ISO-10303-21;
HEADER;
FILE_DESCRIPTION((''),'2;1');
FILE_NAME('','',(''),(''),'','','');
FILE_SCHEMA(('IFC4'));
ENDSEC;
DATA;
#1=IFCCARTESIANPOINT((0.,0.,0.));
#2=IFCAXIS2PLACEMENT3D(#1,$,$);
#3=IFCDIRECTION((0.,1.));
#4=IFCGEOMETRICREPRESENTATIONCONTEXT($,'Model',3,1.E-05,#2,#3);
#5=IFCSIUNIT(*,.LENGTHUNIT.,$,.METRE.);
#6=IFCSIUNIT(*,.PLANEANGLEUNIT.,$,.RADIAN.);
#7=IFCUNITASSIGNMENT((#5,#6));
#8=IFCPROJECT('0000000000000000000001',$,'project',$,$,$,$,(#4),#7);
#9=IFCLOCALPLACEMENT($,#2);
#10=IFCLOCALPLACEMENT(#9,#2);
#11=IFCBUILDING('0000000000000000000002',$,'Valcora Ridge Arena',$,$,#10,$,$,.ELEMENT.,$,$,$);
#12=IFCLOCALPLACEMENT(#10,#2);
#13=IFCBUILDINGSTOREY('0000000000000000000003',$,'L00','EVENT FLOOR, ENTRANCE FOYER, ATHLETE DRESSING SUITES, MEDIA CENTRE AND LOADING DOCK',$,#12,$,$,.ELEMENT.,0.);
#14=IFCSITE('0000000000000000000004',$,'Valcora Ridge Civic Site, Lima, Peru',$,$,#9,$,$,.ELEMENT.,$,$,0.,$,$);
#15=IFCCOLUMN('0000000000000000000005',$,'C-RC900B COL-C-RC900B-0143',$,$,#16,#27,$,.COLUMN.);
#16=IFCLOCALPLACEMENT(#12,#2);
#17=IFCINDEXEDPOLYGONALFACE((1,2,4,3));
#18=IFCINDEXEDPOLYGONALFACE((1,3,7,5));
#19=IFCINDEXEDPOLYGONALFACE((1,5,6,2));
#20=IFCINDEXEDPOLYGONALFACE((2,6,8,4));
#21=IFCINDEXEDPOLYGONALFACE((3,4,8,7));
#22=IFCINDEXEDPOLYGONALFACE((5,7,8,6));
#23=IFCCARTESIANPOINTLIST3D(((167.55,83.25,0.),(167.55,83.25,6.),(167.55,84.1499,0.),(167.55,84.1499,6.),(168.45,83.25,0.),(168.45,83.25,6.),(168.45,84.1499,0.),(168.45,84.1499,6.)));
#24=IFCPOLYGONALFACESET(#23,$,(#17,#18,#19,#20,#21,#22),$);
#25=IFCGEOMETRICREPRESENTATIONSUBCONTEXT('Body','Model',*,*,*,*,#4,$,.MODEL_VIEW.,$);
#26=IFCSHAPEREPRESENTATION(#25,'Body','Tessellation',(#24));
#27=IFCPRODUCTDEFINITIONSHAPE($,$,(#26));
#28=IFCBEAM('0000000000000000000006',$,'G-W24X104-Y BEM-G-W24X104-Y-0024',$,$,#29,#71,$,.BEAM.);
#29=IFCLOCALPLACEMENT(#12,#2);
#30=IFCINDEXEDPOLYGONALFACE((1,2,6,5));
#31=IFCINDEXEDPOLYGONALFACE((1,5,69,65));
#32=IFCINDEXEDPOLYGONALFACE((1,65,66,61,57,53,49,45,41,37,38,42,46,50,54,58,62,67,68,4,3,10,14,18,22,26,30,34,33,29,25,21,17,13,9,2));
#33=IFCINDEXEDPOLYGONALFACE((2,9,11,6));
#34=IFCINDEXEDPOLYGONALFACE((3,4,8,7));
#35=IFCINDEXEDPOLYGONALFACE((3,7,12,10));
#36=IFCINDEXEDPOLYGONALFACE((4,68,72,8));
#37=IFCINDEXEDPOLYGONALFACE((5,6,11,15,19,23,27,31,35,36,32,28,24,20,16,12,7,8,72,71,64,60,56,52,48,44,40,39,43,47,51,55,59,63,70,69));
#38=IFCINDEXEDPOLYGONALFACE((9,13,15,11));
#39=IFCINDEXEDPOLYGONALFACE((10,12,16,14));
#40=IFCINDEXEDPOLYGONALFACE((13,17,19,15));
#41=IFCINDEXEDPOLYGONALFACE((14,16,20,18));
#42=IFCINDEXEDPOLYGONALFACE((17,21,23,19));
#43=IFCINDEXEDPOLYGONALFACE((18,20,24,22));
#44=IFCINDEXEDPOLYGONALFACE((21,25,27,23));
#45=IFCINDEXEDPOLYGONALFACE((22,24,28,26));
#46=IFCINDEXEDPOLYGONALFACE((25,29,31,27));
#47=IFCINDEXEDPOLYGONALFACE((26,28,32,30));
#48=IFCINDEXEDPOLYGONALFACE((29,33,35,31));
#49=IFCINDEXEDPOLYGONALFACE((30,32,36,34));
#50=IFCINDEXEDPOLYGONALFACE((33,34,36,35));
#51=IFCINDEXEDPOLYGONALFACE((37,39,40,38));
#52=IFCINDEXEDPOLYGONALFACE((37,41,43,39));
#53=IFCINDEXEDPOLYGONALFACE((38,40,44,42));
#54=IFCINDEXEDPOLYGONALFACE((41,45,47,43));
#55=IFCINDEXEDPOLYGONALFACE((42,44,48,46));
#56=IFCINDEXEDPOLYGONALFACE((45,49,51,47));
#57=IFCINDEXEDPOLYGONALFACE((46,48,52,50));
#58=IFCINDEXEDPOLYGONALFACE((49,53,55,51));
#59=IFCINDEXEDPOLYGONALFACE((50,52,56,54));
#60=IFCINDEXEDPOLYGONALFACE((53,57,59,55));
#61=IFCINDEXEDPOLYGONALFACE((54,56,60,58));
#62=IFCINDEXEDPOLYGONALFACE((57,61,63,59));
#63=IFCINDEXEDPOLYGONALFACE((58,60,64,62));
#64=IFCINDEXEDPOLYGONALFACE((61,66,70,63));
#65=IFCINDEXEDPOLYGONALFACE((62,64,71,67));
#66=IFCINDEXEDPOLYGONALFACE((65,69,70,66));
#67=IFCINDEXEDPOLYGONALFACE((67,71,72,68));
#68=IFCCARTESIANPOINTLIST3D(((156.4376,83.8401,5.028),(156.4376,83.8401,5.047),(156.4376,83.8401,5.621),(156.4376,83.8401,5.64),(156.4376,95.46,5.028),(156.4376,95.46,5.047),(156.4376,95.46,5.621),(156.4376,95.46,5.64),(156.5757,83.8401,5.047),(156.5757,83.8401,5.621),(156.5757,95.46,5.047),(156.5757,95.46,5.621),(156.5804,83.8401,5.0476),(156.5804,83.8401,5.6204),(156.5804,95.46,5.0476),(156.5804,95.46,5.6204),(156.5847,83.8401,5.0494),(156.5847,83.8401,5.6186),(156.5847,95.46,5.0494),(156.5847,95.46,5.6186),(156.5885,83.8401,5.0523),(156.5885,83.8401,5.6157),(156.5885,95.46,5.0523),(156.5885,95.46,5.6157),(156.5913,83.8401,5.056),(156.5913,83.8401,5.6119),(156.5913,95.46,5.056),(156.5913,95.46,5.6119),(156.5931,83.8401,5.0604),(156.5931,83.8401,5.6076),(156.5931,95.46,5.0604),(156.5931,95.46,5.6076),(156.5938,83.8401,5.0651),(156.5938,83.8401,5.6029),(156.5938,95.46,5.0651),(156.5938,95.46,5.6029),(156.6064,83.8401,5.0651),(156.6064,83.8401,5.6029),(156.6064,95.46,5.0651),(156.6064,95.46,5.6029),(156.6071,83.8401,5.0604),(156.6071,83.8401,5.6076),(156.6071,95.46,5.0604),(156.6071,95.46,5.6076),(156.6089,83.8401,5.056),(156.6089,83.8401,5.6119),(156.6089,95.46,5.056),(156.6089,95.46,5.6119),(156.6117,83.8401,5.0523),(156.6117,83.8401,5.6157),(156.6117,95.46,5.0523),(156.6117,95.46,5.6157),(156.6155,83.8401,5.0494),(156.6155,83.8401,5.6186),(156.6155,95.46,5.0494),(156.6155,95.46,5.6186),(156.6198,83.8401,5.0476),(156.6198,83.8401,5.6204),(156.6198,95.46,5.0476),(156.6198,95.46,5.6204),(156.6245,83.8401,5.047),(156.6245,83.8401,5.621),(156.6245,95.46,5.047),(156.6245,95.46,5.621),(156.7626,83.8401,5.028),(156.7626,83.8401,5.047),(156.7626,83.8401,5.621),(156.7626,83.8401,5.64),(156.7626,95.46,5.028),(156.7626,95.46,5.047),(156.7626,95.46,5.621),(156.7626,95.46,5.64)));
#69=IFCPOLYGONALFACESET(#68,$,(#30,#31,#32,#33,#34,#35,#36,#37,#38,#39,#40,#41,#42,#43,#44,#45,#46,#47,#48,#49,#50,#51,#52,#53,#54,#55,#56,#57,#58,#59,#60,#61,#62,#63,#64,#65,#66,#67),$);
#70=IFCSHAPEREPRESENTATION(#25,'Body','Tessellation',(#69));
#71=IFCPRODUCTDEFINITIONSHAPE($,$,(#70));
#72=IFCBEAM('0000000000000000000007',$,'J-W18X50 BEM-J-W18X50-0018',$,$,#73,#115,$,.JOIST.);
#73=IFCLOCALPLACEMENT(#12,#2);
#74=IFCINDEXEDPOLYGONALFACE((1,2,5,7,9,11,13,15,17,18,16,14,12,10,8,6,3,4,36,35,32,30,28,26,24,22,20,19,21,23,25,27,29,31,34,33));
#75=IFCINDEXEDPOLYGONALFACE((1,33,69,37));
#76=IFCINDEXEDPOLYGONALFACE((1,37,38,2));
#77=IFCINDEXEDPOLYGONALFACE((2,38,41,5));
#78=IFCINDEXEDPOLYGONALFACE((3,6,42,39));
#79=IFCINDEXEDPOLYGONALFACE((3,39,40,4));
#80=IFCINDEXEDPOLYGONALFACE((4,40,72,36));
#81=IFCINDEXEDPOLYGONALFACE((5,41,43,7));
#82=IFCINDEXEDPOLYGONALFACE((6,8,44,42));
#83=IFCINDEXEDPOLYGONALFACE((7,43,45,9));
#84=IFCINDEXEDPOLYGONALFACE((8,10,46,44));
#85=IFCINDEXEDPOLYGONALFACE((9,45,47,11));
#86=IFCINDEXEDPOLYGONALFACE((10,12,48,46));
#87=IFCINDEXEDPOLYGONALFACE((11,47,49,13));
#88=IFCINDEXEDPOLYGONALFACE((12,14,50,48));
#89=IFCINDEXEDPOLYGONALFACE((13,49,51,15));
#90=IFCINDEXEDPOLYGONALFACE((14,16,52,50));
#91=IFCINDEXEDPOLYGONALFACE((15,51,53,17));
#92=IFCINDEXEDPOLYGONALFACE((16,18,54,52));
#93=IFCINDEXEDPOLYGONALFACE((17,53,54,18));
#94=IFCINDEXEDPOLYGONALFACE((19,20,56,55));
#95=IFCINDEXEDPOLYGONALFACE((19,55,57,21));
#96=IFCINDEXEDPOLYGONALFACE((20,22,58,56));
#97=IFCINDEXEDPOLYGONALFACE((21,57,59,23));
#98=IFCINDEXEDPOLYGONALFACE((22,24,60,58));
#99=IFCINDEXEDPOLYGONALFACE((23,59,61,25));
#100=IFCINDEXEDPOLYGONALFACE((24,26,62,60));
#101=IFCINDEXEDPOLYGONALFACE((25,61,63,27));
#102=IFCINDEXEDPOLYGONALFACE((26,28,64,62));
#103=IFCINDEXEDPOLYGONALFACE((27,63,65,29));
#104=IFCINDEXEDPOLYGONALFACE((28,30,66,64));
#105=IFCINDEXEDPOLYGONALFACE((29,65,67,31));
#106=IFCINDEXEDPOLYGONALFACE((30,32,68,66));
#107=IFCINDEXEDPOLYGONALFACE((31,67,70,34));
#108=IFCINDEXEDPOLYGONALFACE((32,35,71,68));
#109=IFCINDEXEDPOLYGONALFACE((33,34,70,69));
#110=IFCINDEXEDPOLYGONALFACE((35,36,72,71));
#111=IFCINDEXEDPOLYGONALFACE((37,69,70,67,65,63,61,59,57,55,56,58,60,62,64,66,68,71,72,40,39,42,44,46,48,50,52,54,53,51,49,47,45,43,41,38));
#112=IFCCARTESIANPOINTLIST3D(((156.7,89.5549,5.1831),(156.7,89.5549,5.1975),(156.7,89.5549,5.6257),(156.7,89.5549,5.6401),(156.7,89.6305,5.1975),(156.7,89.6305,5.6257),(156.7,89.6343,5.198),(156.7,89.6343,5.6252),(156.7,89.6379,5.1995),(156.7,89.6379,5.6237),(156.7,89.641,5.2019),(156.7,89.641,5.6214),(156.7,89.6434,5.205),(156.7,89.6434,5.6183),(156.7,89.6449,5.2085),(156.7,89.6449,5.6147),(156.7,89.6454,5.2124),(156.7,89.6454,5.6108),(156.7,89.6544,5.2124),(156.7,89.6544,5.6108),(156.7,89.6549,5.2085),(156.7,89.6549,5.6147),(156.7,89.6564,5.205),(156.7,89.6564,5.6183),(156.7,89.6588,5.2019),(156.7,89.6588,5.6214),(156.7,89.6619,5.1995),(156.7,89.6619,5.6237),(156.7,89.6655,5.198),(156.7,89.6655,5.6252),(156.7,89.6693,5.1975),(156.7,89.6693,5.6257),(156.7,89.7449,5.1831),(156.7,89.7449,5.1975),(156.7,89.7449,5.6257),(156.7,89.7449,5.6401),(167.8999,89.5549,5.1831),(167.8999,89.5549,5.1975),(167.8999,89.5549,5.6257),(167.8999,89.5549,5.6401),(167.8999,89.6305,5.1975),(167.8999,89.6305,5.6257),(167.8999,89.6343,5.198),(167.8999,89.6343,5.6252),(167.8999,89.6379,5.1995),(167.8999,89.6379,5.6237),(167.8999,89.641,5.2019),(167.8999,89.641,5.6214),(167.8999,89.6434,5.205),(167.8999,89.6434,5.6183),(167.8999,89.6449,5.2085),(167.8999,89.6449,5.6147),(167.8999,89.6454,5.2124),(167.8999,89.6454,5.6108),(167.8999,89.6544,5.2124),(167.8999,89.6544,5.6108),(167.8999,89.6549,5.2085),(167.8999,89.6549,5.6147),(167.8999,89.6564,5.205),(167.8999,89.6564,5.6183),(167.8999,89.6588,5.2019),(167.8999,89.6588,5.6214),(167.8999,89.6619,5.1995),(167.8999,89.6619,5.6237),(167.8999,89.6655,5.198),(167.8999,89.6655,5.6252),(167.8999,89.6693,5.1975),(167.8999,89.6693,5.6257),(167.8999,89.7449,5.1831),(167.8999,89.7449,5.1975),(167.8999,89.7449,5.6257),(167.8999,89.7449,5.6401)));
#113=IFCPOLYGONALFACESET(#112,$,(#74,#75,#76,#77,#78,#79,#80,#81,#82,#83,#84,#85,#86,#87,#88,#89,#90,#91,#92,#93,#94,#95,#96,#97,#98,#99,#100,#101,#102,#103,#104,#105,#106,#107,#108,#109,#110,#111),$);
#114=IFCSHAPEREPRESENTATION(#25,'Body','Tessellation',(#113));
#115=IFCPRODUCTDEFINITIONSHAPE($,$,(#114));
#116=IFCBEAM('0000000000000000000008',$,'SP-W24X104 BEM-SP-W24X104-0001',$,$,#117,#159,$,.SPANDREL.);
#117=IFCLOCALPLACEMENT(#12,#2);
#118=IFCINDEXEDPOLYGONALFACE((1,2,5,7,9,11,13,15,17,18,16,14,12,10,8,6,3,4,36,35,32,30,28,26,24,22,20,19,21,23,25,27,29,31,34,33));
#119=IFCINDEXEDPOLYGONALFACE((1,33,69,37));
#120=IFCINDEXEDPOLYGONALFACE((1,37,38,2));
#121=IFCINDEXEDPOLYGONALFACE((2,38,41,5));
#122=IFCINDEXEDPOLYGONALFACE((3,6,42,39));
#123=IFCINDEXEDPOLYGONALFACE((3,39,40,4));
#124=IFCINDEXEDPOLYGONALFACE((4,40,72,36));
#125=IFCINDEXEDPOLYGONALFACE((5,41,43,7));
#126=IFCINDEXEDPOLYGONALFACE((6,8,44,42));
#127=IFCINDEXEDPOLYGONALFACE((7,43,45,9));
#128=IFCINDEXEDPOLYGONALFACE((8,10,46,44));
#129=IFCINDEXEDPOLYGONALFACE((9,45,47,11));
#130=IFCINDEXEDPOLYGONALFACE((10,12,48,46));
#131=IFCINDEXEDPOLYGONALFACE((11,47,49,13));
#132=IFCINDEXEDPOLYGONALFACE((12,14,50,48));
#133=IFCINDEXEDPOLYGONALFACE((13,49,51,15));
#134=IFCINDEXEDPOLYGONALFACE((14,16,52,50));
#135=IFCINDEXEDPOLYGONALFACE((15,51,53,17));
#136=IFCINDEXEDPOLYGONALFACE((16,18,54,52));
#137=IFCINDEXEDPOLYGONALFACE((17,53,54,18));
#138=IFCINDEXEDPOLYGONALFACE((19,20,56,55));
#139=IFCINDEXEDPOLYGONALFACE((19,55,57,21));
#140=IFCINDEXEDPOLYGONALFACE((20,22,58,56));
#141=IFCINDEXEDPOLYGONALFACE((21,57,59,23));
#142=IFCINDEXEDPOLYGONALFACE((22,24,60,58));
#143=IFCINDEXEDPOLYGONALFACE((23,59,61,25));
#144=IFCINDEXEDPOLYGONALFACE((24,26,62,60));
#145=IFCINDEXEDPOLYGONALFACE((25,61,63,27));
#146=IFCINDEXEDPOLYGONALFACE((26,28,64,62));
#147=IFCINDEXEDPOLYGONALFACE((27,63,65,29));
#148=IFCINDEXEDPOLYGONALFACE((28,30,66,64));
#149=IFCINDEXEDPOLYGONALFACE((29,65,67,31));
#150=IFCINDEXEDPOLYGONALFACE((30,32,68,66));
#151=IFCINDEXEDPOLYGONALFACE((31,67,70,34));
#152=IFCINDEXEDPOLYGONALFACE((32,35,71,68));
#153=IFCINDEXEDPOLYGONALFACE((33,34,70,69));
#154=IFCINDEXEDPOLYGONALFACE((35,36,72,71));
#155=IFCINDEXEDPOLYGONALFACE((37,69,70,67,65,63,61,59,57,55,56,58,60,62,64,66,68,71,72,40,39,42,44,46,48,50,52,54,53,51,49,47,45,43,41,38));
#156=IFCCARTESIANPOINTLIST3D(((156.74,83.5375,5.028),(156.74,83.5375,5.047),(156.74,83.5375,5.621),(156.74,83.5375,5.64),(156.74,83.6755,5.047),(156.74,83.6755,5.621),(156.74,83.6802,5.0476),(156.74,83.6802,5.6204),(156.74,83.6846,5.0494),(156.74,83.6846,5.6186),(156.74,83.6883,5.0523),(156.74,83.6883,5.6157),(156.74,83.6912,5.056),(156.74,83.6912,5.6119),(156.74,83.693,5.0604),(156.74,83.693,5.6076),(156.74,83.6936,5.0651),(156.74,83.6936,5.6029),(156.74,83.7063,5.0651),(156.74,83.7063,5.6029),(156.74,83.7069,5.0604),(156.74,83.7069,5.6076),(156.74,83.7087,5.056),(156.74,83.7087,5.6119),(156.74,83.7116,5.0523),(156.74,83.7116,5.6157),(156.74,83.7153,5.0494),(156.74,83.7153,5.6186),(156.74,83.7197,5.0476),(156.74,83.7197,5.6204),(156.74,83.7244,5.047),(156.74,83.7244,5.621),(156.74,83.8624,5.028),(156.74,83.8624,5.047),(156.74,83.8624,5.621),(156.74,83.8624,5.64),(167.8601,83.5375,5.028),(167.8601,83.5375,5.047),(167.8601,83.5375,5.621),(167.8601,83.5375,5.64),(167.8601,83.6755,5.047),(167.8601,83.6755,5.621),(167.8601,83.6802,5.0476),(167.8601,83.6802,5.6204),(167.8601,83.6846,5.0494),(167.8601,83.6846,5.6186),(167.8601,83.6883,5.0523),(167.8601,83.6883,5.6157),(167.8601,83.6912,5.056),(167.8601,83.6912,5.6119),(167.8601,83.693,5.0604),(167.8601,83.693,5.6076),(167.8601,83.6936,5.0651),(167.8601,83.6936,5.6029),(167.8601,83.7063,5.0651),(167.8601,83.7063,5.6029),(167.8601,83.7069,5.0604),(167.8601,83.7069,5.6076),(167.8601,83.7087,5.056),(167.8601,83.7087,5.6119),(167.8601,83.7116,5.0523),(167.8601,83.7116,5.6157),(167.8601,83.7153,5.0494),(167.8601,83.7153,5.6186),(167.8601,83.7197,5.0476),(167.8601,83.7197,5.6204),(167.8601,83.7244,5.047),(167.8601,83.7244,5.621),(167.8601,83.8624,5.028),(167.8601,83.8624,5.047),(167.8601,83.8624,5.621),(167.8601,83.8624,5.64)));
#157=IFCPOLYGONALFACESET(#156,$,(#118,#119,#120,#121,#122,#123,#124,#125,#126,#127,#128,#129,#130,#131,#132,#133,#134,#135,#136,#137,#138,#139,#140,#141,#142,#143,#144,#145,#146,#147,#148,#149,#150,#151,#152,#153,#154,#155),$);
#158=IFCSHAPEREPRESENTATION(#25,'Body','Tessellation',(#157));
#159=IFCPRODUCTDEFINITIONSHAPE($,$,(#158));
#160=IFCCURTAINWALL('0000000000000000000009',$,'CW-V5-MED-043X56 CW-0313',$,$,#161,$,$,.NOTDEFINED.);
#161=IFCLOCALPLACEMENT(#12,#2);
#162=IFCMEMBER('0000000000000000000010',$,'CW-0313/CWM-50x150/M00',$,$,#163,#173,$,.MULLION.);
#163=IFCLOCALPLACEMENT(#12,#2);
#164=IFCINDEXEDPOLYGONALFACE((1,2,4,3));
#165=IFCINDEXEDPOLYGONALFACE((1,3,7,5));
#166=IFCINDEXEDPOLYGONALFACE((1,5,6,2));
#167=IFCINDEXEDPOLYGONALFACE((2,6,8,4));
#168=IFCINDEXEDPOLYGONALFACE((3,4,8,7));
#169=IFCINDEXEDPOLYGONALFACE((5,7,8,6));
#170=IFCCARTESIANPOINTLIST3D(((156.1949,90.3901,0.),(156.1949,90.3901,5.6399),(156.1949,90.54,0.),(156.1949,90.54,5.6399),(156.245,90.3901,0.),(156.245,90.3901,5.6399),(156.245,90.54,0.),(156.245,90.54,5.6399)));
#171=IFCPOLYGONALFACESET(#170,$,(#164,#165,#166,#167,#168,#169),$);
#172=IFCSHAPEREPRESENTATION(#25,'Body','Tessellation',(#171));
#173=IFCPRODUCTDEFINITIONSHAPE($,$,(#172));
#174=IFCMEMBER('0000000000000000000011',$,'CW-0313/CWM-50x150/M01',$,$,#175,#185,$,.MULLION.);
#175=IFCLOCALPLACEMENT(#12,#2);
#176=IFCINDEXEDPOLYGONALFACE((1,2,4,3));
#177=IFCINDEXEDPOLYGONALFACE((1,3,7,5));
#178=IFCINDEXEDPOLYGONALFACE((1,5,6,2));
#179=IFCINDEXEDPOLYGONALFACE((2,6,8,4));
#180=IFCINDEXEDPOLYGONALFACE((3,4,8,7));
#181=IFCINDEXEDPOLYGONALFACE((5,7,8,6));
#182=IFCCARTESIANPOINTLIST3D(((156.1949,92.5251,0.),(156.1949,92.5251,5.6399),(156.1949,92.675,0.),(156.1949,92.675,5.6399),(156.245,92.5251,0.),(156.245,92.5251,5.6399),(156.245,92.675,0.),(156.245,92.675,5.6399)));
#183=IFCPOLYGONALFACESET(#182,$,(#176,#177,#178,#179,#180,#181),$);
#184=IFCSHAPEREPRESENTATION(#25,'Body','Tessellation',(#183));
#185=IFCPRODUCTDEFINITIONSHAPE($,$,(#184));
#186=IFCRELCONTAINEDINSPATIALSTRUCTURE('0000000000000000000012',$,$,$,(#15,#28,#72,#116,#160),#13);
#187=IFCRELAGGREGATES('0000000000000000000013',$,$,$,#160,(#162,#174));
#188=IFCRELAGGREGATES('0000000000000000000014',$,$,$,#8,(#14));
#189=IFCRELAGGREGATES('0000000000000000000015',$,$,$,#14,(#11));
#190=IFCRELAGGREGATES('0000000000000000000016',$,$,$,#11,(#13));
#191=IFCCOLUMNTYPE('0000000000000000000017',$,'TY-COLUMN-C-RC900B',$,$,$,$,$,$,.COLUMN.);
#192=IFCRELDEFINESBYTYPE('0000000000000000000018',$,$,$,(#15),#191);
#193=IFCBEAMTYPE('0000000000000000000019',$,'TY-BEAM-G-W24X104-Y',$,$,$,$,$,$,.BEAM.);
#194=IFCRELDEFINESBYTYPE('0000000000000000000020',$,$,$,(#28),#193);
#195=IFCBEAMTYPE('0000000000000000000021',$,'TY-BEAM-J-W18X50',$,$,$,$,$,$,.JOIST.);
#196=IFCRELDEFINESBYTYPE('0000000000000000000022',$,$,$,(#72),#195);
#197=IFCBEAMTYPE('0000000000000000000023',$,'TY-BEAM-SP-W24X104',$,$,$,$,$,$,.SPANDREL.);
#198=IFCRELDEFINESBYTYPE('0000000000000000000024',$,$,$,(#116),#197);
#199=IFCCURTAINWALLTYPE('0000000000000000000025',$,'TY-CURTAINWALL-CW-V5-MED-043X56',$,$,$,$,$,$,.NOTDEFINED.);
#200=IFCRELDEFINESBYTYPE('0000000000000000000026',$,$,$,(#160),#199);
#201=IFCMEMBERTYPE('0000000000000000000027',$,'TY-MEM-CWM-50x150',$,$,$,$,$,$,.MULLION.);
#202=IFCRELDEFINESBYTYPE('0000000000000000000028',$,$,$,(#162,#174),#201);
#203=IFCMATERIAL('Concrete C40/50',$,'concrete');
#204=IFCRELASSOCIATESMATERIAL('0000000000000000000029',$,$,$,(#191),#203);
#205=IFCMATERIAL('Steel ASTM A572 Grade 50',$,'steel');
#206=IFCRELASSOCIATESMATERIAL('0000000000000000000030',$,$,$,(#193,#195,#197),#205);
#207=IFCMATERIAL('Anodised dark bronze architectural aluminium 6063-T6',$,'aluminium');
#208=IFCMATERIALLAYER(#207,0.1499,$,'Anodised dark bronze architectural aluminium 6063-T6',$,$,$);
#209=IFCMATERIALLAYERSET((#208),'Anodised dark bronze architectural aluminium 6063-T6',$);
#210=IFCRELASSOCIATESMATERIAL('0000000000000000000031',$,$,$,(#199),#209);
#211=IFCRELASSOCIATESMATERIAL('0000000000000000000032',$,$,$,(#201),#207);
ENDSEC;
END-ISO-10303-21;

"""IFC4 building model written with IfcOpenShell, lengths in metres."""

from ifc_helpers import new_model, si_unit, direction, frame, origin, origin_2d, place, context, subcontext, project, spatial, rectangle, i_section, extrude, material, layer, layer_set, material_profile, profile_set, type_object, element, aggregate, save


model = new_model("IFC4")

# Units and contexts
model_context = context("Model", 3, precision=1e-05, world=origin(), true_north=direction((0.0, 1.0)))
body_context = subcontext(model_context, "Body", "Model", "MODEL_VIEW")
ifc_project = project(units=[si_unit("LENGTHUNIT", "METRE"), si_unit("PLANEANGLEUNIT", "RADIAN")], contexts=[model_context])

# Site, building, storey
site_placement = place(None, origin())
site = spatial("IfcSite", under=ifc_project, at=site_placement, Name="Valcora Ridge Civic Site, Lima, Peru", CompositionType="ELEMENT", RefElevation=0.0)
building_placement = place(site_placement, origin())
building = spatial("IfcBuilding", under=site, at=building_placement, Name="Valcora Ridge Arena", CompositionType="ELEMENT")
storey_placement = place(building_placement, origin())
storey = spatial("IfcBuildingStorey", under=building, at=storey_placement, Name="L00", Description="EVENT FLOOR, ENTRANCE FOYER, ATHLETE DRESSING SUITES, MEDIA CENTRE AND LOADING DOCK", CompositionType="ELEMENT", Elevation=0.0)

# Column
ifc_material_1 = material(Name="Concrete C40/50", Category="concrete")
ifc_material_profile_1 = material_profile(ifc_material_1, rectangle(XDim=0.8999, YDim=0.8999, at=origin_2d()), Name="RC 900x900")
ifc_profile_set_1 = profile_set([ifc_material_profile_1], Name="Concrete C40/50")
column_type = type_object("IfcColumnType", Name="TY-COLUMN-C-RC900B", PredefinedType="COLUMN", material=ifc_profile_set_1)
column_placement = place(storey_placement, frame((168.0, 83.7, 0.0), z_axis=(0.0, 0.0, 1.0), x_axis=(1.0, 0.0, 0.0)))
element("IfcColumn", 1, at=column_placement, inside=storey, type_object=column_type, Name="C-RC900B COL-C-RC900B-0143", PredefinedType="COLUMN", context=body_context, shape_type="SweptSolid", body=[
    extrude(rectangle(XDim=0.8999, YDim=0.8999, at=origin_2d()), origin(), (0.0, 0.0, 1.0), 6.0),
])

# Beams
ifc_material_2 = material(Name="Steel ASTM A572 Grade 50", Category="steel")
ifc_material_profile_2 = material_profile(ifc_material_2, i_section(OverallWidth=0.325, OverallDepth=0.6121, WebThickness=0.0127, FlangeThickness=0.019, FilletRadius=0.0181, at=origin_2d()), Name="W24X104")
ifc_profile_set_2 = profile_set([ifc_material_profile_2], Name="Steel ASTM A572 Grade 50")
beam_type_1 = type_object("IfcBeamType", Name="TY-BEAM-G-W24X104-Y", PredefinedType="BEAM", material=ifc_profile_set_2)
beam_1_placement = place(storey_placement, frame((156.6001, 83.8401, 5.334), z_axis=(0.0, 1.0, 0.0), x_axis=(-1.0, 0.0, 0.0)))
element("IfcBeam", 2, at=beam_1_placement, inside=storey, type_object=beam_type_1, Name="G-W24X104-Y BEM-G-W24X104-Y-0024", PredefinedType="BEAM", context=body_context, shape_type="SweptSolid", body=[
    extrude(i_section(OverallWidth=0.325, OverallDepth=0.6121, WebThickness=0.0127, FlangeThickness=0.019, FilletRadius=0.0181, at=origin_2d()), origin(), (0.0, 0.0, 1.0), 11.6199),
])
ifc_material_profile_3 = material_profile(ifc_material_2, i_section(OverallWidth=0.1899, OverallDepth=0.457, WebThickness=0.009, FlangeThickness=0.0144, FilletRadius=0.0149, at=origin_2d()), Name="W18X50")
ifc_profile_set_3 = profile_set([ifc_material_profile_3], Name="Steel ASTM A572 Grade 50")
beam_type_2 = type_object("IfcBeamType", Name="TY-BEAM-J-W18X50", PredefinedType="JOIST", material=ifc_profile_set_3)
beam_2_placement = place(storey_placement, frame((156.7, 89.6499, 5.4116), z_axis=(1.0, 0.0, 0.0), x_axis=(0.0, 1.0, 0.0)))
element("IfcBeam", 3, at=beam_2_placement, inside=storey, type_object=beam_type_2, Name="J-W18X50 BEM-J-W18X50-0018", PredefinedType="JOIST", context=body_context, shape_type="SweptSolid", body=[
    extrude(i_section(OverallWidth=0.1899, OverallDepth=0.457, WebThickness=0.009, FlangeThickness=0.0144, FilletRadius=0.0149, at=origin_2d()), origin(), (0.0, 0.0, 1.0), 11.2),
])
ifc_material_profile_4 = material_profile(ifc_material_2, i_section(OverallWidth=0.325, OverallDepth=0.6121, WebThickness=0.0127, FlangeThickness=0.019, FilletRadius=0.0181, at=origin_2d()), Name="W24X104")
ifc_profile_set_4 = profile_set([ifc_material_profile_4], Name="Steel ASTM A572 Grade 50")
beam_type_3 = type_object("IfcBeamType", Name="TY-BEAM-SP-W24X104", PredefinedType="SPANDREL", material=ifc_profile_set_4)
beam_3_placement = place(storey_placement, frame((156.74, 83.7, 5.334), z_axis=(1.0, 0.0, 0.0), x_axis=(0.0, 1.0, 0.0)))
element("IfcBeam", 4, at=beam_3_placement, inside=storey, type_object=beam_type_3, Name="SP-W24X104 BEM-SP-W24X104-0001", PredefinedType="SPANDREL", context=body_context, shape_type="SweptSolid", body=[
    extrude(i_section(OverallWidth=0.325, OverallDepth=0.6121, WebThickness=0.0127, FlangeThickness=0.019, FilletRadius=0.0181, at=origin_2d()), origin(), (0.0, 0.0, 1.0), 11.1201),
])

# Curtain wall, members
ifc_material_3 = material(Name="Anodised dark bronze architectural aluminium 6063-T6", Category="aluminium")
ifc_layer_1 = layer(ifc_material_3, 0.1499, Name="Anodised dark bronze architectural aluminium 6063-T6")
ifc_layer_set_1 = layer_set([ifc_layer_1], Name="Anodised dark bronze architectural aluminium 6063-T6")
curtain_wall_type = type_object("IfcCurtainWallType", Name="TY-CURTAINWALL-CW-V5-MED-043X56", PredefinedType="NOTDEFINED", material=ifc_layer_set_1)
curtain_wall_placement = place(storey_placement, origin())
curtain_wall = element("IfcCurtainWall", 5, at=curtain_wall_placement, inside=storey, type_object=curtain_wall_type, Name="CW-V5-MED-043X56 CW-0313", PredefinedType="NOTDEFINED")
ifc_material_profile_5 = material_profile(ifc_material_3, rectangle(XDim=0.05, YDim=0.1499, at=origin_2d()), Name="ALU MULLION 50x150")
ifc_profile_set_5 = profile_set([ifc_material_profile_5], Name="Anodised dark bronze architectural aluminium 6063-T6")
member_type_1 = type_object("IfcMemberType", Name="TY-MEM-CWM-50x150", PredefinedType="MULLION", material=ifc_profile_set_5)
member_1_placement = place(storey_placement, frame((156.22, 90.4651, 0.0), z_axis=(0.0, 0.0, 1.0), x_axis=(-1.0, 0.0, 0.0)))
member_1 = element("IfcMember", 6, at=member_1_placement, type_object=member_type_1, Name="CW-0313/CWM-50x150/M00", PredefinedType="MULLION", context=body_context, shape_type="SweptSolid", body=[
    extrude(rectangle(XDim=0.05, YDim=0.1499, at=origin_2d()), origin(), (0.0, 0.0, 1.0), 5.6399),
])
member_2_placement = place(storey_placement, frame((156.22, 92.6001, 0.0), z_axis=(0.0, 0.0, 1.0), x_axis=(-1.0, 0.0, 0.0)))
member_2 = element("IfcMember", 7, at=member_2_placement, type_object=member_type_1, Name="CW-0313/CWM-50x150/M01", PredefinedType="MULLION", context=body_context, shape_type="SweptSolid", body=[
    extrude(rectangle(XDim=0.05, YDim=0.1499, at=origin_2d()), origin(), (0.0, 0.0, 1.0), 5.6399),
])
aggregate(curtain_wall, [member_1, member_2])

save(model, "model.ifc")
